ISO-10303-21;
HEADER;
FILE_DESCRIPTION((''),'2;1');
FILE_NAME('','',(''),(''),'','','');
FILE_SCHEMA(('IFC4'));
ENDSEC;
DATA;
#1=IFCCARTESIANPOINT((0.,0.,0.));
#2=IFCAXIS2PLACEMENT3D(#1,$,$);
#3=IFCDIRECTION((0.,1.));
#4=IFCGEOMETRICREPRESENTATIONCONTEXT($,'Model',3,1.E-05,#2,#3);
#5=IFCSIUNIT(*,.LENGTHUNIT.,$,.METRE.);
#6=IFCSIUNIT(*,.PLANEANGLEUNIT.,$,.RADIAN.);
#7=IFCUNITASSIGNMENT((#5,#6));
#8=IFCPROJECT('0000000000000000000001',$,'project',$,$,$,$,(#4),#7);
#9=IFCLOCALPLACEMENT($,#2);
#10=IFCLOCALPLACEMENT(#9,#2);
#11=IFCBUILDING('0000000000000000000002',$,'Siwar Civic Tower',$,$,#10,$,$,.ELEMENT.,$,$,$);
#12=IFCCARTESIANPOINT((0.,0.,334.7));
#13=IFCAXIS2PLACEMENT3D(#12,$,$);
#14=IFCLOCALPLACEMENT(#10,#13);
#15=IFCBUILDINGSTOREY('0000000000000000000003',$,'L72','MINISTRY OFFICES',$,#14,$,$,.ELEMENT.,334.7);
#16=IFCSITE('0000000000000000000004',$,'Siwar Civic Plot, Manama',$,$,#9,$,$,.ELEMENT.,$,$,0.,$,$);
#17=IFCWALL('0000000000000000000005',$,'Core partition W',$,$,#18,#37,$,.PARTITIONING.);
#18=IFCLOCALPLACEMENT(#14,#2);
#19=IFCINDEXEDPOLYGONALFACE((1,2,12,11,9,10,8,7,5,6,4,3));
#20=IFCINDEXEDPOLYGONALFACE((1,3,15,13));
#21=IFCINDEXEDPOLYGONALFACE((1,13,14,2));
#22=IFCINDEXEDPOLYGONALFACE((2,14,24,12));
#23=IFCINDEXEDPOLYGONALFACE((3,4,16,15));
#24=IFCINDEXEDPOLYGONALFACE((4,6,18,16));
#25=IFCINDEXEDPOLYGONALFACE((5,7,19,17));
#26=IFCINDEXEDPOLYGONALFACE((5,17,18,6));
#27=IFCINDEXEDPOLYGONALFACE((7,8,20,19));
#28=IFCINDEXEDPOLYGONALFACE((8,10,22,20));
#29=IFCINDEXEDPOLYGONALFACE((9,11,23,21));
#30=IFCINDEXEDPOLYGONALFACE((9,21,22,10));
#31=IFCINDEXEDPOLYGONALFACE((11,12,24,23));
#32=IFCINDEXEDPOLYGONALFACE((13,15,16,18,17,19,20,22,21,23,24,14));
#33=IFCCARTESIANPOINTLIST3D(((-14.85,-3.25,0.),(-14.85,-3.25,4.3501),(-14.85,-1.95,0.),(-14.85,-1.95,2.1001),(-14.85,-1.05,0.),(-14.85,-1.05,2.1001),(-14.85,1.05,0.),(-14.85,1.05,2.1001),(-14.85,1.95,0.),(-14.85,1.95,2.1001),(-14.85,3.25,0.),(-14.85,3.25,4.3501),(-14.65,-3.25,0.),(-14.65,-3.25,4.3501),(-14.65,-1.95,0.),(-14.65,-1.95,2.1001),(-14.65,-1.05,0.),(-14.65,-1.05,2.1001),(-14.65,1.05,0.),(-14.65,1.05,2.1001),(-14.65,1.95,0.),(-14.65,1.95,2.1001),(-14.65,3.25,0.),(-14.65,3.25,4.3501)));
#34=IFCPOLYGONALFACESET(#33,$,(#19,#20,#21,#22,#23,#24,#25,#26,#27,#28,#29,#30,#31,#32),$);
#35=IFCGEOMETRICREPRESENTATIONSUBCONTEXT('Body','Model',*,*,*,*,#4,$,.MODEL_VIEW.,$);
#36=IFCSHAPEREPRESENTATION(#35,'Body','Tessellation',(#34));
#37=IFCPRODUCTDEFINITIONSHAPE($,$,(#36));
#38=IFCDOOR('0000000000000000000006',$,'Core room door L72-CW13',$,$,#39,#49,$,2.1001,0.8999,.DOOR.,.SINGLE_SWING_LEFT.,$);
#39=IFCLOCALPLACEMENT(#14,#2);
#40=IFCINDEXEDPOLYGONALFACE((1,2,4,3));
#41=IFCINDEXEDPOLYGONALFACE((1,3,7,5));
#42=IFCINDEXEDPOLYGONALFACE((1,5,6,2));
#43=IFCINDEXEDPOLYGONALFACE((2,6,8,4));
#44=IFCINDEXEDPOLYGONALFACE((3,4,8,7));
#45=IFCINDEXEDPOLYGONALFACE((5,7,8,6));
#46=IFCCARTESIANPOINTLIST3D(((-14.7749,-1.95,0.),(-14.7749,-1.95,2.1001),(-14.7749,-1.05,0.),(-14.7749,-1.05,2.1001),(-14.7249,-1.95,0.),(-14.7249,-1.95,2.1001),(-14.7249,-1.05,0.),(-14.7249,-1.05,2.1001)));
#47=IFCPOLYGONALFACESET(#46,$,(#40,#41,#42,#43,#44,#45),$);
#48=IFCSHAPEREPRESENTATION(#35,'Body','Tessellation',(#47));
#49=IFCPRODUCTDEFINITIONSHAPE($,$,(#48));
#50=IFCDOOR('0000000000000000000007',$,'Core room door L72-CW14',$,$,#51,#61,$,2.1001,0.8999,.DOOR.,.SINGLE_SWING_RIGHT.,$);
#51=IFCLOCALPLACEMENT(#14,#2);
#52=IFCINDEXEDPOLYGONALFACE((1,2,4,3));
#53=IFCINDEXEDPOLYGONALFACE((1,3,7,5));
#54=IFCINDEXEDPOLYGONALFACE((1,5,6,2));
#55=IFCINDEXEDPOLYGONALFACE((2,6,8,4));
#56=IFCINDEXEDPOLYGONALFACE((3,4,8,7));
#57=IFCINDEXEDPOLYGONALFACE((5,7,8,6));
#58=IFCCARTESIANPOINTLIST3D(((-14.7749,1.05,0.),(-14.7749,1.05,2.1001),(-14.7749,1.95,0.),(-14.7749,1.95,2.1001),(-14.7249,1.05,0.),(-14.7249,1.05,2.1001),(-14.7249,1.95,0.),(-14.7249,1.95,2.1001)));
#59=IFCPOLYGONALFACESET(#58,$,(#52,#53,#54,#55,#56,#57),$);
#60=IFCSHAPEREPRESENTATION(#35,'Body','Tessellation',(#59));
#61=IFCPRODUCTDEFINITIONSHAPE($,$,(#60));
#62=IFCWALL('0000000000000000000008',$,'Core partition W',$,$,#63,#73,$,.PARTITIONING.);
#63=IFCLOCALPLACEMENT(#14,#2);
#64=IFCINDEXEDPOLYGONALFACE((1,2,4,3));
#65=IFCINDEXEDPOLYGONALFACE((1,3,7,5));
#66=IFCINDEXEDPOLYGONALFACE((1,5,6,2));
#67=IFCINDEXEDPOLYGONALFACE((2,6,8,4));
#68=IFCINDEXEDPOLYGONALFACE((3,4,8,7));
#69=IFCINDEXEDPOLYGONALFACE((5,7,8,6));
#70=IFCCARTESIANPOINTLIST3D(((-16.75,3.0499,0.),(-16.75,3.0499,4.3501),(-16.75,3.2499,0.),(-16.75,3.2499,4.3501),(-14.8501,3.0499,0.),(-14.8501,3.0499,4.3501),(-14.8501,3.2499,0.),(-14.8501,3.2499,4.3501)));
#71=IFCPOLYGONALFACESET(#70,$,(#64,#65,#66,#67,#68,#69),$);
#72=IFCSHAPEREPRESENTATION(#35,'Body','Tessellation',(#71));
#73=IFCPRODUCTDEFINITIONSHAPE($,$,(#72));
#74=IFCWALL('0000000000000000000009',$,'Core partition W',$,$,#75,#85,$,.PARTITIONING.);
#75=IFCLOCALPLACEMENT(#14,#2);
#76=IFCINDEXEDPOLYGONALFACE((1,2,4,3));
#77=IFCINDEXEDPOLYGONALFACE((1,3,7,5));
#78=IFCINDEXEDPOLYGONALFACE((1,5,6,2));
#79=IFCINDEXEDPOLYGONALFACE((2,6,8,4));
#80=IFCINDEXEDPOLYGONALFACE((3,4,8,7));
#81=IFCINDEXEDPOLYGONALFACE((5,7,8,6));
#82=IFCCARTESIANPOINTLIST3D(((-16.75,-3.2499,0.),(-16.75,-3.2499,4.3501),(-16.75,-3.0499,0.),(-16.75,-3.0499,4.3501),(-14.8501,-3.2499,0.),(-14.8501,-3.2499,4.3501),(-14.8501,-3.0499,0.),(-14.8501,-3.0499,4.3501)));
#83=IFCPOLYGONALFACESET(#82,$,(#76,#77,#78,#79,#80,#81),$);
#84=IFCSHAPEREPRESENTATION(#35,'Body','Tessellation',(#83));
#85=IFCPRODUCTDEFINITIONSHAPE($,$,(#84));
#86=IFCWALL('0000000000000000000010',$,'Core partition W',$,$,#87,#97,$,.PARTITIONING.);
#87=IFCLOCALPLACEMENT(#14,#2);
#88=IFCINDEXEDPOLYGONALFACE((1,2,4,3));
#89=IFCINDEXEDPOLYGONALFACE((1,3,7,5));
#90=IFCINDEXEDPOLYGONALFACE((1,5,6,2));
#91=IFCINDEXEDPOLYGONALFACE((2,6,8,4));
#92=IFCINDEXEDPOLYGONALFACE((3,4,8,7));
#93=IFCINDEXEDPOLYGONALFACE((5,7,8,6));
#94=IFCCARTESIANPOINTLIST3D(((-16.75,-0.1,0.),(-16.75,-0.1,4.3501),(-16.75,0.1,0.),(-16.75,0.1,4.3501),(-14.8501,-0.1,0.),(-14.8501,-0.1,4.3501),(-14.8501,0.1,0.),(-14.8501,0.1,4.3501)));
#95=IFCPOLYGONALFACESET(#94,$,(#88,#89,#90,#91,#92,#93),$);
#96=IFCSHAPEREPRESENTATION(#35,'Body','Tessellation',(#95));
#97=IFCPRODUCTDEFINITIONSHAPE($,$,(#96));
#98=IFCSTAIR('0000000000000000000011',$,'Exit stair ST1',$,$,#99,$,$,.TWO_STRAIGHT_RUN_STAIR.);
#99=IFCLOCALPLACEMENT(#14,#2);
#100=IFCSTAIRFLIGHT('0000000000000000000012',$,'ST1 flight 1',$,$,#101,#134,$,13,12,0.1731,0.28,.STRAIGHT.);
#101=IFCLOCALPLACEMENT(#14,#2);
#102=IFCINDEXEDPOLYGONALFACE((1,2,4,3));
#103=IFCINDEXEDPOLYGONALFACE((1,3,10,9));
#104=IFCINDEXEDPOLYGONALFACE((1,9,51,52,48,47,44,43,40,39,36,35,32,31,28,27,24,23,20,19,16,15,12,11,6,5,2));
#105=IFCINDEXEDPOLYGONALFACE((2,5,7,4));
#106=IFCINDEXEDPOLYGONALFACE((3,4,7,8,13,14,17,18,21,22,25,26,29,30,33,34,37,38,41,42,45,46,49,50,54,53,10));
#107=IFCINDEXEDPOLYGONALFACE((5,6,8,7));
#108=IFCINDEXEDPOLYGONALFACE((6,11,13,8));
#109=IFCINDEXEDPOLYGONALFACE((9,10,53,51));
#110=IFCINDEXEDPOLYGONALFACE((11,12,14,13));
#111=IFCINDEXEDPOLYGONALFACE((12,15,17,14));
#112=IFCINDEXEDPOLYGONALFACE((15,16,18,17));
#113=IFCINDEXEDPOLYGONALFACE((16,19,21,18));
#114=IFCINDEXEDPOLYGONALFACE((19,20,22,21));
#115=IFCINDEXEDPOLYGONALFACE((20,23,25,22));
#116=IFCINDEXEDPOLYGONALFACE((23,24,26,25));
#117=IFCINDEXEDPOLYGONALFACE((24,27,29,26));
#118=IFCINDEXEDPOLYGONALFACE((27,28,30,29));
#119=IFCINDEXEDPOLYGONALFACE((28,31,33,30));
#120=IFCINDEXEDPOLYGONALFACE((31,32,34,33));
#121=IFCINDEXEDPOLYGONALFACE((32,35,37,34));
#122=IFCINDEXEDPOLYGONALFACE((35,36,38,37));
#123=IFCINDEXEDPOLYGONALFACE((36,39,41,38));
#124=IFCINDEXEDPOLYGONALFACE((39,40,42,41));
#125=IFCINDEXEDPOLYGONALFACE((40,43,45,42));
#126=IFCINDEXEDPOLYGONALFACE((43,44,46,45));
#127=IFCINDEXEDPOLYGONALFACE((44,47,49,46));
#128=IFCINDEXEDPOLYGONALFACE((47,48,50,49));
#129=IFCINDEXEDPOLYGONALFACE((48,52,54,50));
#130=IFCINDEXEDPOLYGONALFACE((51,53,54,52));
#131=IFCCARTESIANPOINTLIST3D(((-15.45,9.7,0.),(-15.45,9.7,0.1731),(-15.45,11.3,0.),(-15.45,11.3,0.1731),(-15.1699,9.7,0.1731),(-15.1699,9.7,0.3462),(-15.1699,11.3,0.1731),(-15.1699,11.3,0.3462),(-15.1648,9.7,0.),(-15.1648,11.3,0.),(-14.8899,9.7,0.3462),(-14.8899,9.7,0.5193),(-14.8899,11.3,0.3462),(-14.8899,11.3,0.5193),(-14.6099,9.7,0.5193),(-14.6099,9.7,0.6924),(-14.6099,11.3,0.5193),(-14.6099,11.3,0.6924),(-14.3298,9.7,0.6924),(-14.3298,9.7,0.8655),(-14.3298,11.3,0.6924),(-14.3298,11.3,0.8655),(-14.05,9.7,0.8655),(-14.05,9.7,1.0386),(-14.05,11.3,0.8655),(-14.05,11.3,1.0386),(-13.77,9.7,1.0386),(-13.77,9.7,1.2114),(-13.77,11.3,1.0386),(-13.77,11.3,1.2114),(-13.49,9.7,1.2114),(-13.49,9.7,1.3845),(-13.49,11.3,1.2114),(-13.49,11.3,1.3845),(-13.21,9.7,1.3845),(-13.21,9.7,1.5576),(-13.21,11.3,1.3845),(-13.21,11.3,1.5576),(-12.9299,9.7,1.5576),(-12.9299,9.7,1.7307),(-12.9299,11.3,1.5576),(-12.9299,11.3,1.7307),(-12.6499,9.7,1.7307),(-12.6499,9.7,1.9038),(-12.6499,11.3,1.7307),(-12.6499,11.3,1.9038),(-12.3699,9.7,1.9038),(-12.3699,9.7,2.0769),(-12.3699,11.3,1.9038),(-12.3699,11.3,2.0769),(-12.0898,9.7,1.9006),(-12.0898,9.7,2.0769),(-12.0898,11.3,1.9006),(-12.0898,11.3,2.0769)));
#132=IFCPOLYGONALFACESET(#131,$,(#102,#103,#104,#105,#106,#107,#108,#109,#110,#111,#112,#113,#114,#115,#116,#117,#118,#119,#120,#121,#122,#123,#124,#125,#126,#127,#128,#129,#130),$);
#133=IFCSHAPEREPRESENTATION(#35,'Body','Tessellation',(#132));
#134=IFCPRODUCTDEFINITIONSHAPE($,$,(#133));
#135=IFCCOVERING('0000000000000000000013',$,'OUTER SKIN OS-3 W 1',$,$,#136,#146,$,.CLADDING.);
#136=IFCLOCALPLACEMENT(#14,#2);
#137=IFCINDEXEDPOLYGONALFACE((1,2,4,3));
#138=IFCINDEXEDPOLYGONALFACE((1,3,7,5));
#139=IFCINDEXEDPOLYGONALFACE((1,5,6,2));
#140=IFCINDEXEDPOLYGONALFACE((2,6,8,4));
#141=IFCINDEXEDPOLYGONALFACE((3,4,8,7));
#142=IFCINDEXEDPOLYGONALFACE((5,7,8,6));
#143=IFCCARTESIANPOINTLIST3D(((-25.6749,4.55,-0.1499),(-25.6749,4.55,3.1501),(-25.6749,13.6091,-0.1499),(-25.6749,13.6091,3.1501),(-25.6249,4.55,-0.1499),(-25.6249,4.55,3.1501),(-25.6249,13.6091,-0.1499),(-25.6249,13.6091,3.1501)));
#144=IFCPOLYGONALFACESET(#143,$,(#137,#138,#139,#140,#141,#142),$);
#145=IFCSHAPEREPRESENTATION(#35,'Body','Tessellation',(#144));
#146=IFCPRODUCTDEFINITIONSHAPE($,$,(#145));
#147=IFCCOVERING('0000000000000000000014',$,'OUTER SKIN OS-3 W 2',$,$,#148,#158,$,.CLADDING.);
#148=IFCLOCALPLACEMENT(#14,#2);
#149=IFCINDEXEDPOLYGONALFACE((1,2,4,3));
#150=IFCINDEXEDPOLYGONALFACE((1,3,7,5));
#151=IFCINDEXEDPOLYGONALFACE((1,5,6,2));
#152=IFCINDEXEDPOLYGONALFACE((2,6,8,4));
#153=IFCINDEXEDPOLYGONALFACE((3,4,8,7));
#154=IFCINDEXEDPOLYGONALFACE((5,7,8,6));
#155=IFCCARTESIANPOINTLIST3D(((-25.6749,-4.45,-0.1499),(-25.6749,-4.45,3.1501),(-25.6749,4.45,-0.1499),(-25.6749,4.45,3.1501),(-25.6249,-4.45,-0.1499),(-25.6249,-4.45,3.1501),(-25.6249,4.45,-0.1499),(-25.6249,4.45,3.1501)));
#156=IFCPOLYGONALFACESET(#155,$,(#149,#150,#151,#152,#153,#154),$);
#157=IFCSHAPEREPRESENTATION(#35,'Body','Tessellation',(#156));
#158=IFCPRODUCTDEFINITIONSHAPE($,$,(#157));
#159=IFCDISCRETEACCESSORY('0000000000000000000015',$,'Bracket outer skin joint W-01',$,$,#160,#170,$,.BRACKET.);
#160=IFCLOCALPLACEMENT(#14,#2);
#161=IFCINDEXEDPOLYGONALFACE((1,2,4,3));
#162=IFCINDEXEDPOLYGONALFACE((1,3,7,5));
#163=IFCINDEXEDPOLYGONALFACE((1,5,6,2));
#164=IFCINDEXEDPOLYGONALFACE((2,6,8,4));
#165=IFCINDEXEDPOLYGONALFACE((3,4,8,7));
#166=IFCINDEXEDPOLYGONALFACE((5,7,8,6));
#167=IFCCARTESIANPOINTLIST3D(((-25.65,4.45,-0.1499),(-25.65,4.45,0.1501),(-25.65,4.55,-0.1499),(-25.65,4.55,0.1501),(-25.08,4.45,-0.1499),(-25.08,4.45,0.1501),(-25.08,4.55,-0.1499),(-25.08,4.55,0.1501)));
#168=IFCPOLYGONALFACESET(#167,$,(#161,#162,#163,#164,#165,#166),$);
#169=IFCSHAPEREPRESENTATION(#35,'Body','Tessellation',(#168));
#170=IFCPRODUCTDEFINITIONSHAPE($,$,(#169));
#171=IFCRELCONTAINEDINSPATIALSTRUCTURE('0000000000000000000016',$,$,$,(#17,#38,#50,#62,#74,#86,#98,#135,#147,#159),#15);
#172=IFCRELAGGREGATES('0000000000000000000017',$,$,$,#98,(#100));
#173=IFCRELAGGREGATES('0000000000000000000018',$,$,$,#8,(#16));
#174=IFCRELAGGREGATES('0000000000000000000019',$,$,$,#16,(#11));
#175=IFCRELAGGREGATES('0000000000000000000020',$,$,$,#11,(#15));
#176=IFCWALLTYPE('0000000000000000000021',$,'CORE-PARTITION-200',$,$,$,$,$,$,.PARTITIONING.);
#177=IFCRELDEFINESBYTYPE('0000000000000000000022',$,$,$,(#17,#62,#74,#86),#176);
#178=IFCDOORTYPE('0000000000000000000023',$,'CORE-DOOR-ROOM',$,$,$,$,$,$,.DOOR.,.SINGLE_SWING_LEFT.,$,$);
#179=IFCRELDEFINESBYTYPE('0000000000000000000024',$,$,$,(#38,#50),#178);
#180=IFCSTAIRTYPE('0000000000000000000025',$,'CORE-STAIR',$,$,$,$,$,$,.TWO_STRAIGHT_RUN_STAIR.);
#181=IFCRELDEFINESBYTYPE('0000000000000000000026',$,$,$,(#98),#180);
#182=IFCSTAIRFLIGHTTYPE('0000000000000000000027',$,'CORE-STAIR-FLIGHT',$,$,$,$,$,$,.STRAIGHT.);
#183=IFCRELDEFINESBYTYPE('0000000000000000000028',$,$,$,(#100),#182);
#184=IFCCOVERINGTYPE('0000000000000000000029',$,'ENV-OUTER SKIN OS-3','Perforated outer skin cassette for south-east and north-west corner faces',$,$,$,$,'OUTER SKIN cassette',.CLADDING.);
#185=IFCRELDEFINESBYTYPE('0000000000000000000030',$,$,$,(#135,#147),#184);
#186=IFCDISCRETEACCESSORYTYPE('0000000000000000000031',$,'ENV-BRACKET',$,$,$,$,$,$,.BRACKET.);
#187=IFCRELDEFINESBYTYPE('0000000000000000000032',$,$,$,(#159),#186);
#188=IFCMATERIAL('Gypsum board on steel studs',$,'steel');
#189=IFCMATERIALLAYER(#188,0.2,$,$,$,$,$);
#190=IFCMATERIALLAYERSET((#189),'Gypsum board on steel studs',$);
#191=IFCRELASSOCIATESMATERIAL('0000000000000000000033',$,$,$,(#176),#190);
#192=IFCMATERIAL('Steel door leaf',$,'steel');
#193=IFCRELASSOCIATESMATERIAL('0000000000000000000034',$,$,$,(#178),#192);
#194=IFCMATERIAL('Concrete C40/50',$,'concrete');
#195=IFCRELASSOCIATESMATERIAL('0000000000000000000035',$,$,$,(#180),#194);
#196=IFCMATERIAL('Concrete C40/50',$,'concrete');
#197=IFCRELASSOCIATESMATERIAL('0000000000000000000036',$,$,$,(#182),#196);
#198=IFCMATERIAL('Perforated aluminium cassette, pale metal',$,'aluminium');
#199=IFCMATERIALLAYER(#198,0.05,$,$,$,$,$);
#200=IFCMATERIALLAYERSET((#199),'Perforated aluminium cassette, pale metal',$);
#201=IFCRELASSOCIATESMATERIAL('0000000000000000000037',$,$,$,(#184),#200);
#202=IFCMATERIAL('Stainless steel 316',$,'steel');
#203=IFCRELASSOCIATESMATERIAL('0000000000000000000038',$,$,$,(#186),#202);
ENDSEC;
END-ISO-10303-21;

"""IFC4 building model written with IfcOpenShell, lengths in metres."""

from ifc_helpers import new_model, si_unit, direction, frame, frame_2d, origin, origin_2d, place, context, subcontext, project, spatial, polyline, rectangle, outline, extrude, material, layer, layer_set, type_object, element, fill, aggregate, save


model = new_model("IFC4")

# Units and contexts
model_context = context("Model", 3, precision=1e-05, world=origin(), true_north=direction((0.0, 1.0)))
body_context = subcontext(model_context, "Body", "Model", "MODEL_VIEW")
ifc_project = project(units=[si_unit("LENGTHUNIT", "METRE"), si_unit("PLANEANGLEUNIT", "RADIAN")], contexts=[model_context])

# Site, building, storey
site_placement = place(None, origin())
site = spatial("IfcSite", under=ifc_project, at=site_placement, Name="Siwar Civic Plot, Manama", CompositionType="ELEMENT", RefElevation=0.0)
building_placement = place(site_placement, origin())
building = spatial("IfcBuilding", under=site, at=building_placement, Name="Siwar Civic Tower", CompositionType="ELEMENT")
storey_placement = place(building_placement, frame((0.0, 0.0, 334.7)))
storey = spatial("IfcBuildingStorey", under=building, at=storey_placement, Name="L72", Description="MINISTRY OFFICES", CompositionType="ELEMENT", Elevation=334.7)

# Wall, openings, doors
ifc_material_1 = material(Name="Gypsum board on steel studs", Category="steel")
ifc_layer_1 = layer(ifc_material_1, 0.2)
ifc_layer_set_1 = layer_set([ifc_layer_1], Name="Gypsum board on steel studs")
wall_type = type_object("IfcWallType", Name="CORE-PARTITION-200", PredefinedType="PARTITIONING", material=ifc_layer_set_1)
wall_placement = place(storey_placement, frame((-14.75, -3.25, 0.0), z_axis=(0.0, 0.0, 1.0), x_axis=(0.0, 1.0, 0.0)))
wall = element("IfcWall", 1, at=wall_placement, inside=storey, type_object=wall_type, Name="Core partition W", PredefinedType="PARTITIONING", context=body_context, shape_type="SweptSolid", body=[
    extrude(rectangle(XDim=6.5, YDim=0.2, at=frame_2d((3.25, 0.0))), origin(), (0.0, 0.0, 1.0), 4.3501),
])
opening_1_placement = place(wall_placement, frame((1.3, 0.0, 0.0)))
opening_1 = element("IfcOpeningElement", 2, at=opening_1_placement, cuts=wall, PredefinedType="OPENING", context=body_context, shape_type="SweptSolid", body=[
    extrude(rectangle(XDim=0.8999, YDim=2.1001, at=frame_2d((0.45, 1.05))), frame((0.0, 0.1099, 0.0), z_axis=(0.0, -1.0, 0.0), x_axis=(1.0, 0.0, 0.0)), (0.0, 0.0, 1.0), 0.22),
])
opening_2_placement = place(wall_placement, frame((4.3, 0.0, 0.0)))
opening_2 = element("IfcOpeningElement", 3, at=opening_2_placement, cuts=wall, PredefinedType="OPENING", context=body_context, shape_type="SweptSolid", body=[
    extrude(rectangle(XDim=0.8999, YDim=2.1001, at=frame_2d((0.45, 1.05))), frame((0.0, 0.1099, 0.0), z_axis=(0.0, -1.0, 0.0), x_axis=(1.0, 0.0, 0.0)), (0.0, 0.0, 1.0), 0.22),
])
ifc_material_2 = material(Name="Steel door leaf", Category="steel")
door_type = type_object("IfcDoorType", Name="CORE-DOOR-ROOM", OperationType="SINGLE_SWING_LEFT", PredefinedType="DOOR", material=ifc_material_2)
door_1_placement = place(opening_1_placement, origin())
door_1 = element("IfcDoor", 4, at=door_1_placement, inside=storey, type_object=door_type, Name="Core room door L72-CW13", OperationType="SINGLE_SWING_LEFT", OverallHeight=2.1001, OverallWidth=0.8999, PredefinedType="DOOR", context=body_context, shape_type="SweptSolid", body=[
    extrude(rectangle(XDim=0.8999, YDim=2.1001, at=frame_2d((0.45, 1.05))), frame((0.0, 0.0249, 0.0), z_axis=(0.0, -1.0, 0.0), x_axis=(1.0, 0.0, 0.0)), (0.0, 0.0, 1.0), 0.05),
])
fill(opening_1, door_1)
door_2_placement = place(opening_2_placement, origin())
door_2 = element("IfcDoor", 5, at=door_2_placement, inside=storey, type_object=door_type, Name="Core room door L72-CW14", OperationType="SINGLE_SWING_RIGHT", OverallHeight=2.1001, OverallWidth=0.8999, PredefinedType="DOOR", context=body_context, shape_type="SweptSolid", body=[
    extrude(rectangle(XDim=0.8999, YDim=2.1001, at=frame_2d((0.45, 1.05))), frame((0.0, 0.0249, 0.0), z_axis=(0.0, -1.0, 0.0), x_axis=(1.0, 0.0, 0.0)), (0.0, 0.0, 1.0), 0.05),
])
fill(opening_2, door_2)

# Walls
for number, where, z_axis, x_axis, name in (
    (6, (-14.8501, 3.1499, 0.0), (0.0, 0.0, 1.0), (-1.0, 0.0, 0.0), "Core partition W"),
    (7, (-14.8501, -3.1499, 0.0), (0.0, 0.0, 1.0), (-1.0, 0.0, 0.0), "Core partition W"),
    (8, (-14.8501, 0.0, 0.0), (0.0, 0.0, 1.0), (-1.0, 0.0, 0.0), "Core partition W"),
):
    element("IfcWall", number, at=place(storey_placement, frame(where, z_axis=z_axis, x_axis=x_axis)), inside=storey, type_object=wall_type, Name=name, PredefinedType="PARTITIONING", context=body_context, shape_type="SweptSolid", body=[
        extrude(rectangle(XDim=1.8999, YDim=0.2, at=frame_2d((0.95, 0.0))), origin(), (0.0, 0.0, 1.0), 4.3501),
    ])

# Stair, stair flight
ifc_material_3 = material(Name="Concrete C40/50", Category="concrete")
stair_type = type_object("IfcStairType", Name="CORE-STAIR", PredefinedType="TWO_STRAIGHT_RUN_STAIR", material=ifc_material_3)
stair_placement = place(storey_placement, origin())
stair = element("IfcStair", 9, at=stair_placement, inside=storey, type_object=stair_type, Name="Exit stair ST1", PredefinedType="TWO_STRAIGHT_RUN_STAIR")
ifc_material_4 = material(Name="Concrete C40/50", Category="concrete")
stair_flight_type = type_object("IfcStairFlightType", Name="CORE-STAIR-FLIGHT", PredefinedType="STRAIGHT", material=ifc_material_4)
stair_flight_placement = place(storey_placement, frame((-15.45, 10.5, 0.0), z_axis=(0.0, 0.0, 1.0), x_axis=(1.0, 0.0, 0.0)))
stair_flight = element("IfcStairFlight", 10, at=stair_flight_placement, type_object=stair_flight_type, Name="ST1 flight 1", NumberOfRisers=13, NumberOfTreads=12, PredefinedType="STRAIGHT", RiserHeight=0.1731, TreadLength=0.28, context=body_context, shape_type="SweptSolid", body=[
    extrude(outline(polyline([(0.0, 0.0), (0.0, 0.1731), (0.28, 0.1731), (0.28, 0.3462), (0.5601, 0.3462), (0.5601, 0.5193), (0.8401, 0.5193), (0.8401, 0.6924), (1.1201, 0.6924), (1.1201, 0.8655), (1.3999, 0.8655), (1.3999, 1.0386), (1.6799, 1.0386), (1.6799, 1.2114), (1.96, 1.2114), (1.96, 1.3845), (2.24, 1.3845), (2.24, 1.5576), (2.52, 1.5576), (2.52, 1.7307), (2.8, 1.7307), (2.8, 1.9038), (3.0801, 1.9038), (3.0801, 2.0769), (3.3601, 2.0769), (3.3601, 2.25), (3.3601, 1.9006), (0.2852, 0.0), (0.0, 0.0)])), frame((0.0, 0.8, 0.0), z_axis=(0.0, -1.0, 0.0), x_axis=(1.0, 0.0, 0.0)), (0.0, 0.0, 1.0), 1.6001),
])
aggregate(stair, [stair_flight])

# Coverings
ifc_material_5 = material(Name="Perforated aluminium cassette, pale metal", Category="aluminium")
ifc_layer_2 = layer(ifc_material_5, 0.05)
ifc_layer_set_2 = layer_set([ifc_layer_2], Name="Perforated aluminium cassette, pale metal")
covering_type = type_object("IfcCoveringType", Name="ENV-OUTER SKIN OS-3", Description="Perforated outer skin cassette for south-east and north-west corner faces", ElementType="OUTER SKIN cassette", PredefinedType="CLADDING", material=ifc_layer_set_2)
covering_1_placement = place(storey_placement, frame((-25.6499, 9.0796, -0.1499), z_axis=(0.0, 0.0, 1.0), x_axis=(0.0, -1.0, 0.0)))
element("IfcCovering", 11, at=covering_1_placement, inside=storey, type_object=covering_type, Name="OUTER SKIN OS-3 W 1", PredefinedType="CLADDING", context=body_context, shape_type="SweptSolid", body=[
    extrude(rectangle(XDim=9.0591, YDim=0.05, at=origin_2d()), origin(), (0.0, 0.0, 1.0), 3.3),
])
covering_2_placement = place(storey_placement, frame((-25.6499, 0.0, -0.1499), z_axis=(0.0, 0.0, 1.0), x_axis=(0.0, -1.0, 0.0)))
element("IfcCovering", 12, at=covering_2_placement, inside=storey, type_object=covering_type, Name="OUTER SKIN OS-3 W 2", PredefinedType="CLADDING", context=body_context, shape_type="SweptSolid", body=[
    extrude(rectangle(XDim=8.8999, YDim=0.05, at=origin_2d()), origin(), (0.0, 0.0, 1.0), 3.3),
])

# Discrete accessory
ifc_material_6 = material(Name="Stainless steel 316", Category="steel")
discrete_accessory_type = type_object("IfcDiscreteAccessoryType", Name="ENV-BRACKET", PredefinedType="BRACKET", material=ifc_material_6)
discrete_accessory_placement = place(storey_placement, frame((-25.365, 4.5, -0.1499), z_axis=(0.0, 0.0, 1.0), x_axis=(-1.0, 0.0, 0.0)))
element("IfcDiscreteAccessory", 13, at=discrete_accessory_placement, inside=storey, type_object=discrete_accessory_type, Name="Bracket outer skin joint W-01", PredefinedType="BRACKET", context=body_context, shape_type="SweptSolid", body=[
    extrude(rectangle(XDim=0.5701, YDim=0.1001, at=origin_2d()), origin(), (0.0, 0.0, 1.0), 0.3),
])

save(model, "model.ifc")
